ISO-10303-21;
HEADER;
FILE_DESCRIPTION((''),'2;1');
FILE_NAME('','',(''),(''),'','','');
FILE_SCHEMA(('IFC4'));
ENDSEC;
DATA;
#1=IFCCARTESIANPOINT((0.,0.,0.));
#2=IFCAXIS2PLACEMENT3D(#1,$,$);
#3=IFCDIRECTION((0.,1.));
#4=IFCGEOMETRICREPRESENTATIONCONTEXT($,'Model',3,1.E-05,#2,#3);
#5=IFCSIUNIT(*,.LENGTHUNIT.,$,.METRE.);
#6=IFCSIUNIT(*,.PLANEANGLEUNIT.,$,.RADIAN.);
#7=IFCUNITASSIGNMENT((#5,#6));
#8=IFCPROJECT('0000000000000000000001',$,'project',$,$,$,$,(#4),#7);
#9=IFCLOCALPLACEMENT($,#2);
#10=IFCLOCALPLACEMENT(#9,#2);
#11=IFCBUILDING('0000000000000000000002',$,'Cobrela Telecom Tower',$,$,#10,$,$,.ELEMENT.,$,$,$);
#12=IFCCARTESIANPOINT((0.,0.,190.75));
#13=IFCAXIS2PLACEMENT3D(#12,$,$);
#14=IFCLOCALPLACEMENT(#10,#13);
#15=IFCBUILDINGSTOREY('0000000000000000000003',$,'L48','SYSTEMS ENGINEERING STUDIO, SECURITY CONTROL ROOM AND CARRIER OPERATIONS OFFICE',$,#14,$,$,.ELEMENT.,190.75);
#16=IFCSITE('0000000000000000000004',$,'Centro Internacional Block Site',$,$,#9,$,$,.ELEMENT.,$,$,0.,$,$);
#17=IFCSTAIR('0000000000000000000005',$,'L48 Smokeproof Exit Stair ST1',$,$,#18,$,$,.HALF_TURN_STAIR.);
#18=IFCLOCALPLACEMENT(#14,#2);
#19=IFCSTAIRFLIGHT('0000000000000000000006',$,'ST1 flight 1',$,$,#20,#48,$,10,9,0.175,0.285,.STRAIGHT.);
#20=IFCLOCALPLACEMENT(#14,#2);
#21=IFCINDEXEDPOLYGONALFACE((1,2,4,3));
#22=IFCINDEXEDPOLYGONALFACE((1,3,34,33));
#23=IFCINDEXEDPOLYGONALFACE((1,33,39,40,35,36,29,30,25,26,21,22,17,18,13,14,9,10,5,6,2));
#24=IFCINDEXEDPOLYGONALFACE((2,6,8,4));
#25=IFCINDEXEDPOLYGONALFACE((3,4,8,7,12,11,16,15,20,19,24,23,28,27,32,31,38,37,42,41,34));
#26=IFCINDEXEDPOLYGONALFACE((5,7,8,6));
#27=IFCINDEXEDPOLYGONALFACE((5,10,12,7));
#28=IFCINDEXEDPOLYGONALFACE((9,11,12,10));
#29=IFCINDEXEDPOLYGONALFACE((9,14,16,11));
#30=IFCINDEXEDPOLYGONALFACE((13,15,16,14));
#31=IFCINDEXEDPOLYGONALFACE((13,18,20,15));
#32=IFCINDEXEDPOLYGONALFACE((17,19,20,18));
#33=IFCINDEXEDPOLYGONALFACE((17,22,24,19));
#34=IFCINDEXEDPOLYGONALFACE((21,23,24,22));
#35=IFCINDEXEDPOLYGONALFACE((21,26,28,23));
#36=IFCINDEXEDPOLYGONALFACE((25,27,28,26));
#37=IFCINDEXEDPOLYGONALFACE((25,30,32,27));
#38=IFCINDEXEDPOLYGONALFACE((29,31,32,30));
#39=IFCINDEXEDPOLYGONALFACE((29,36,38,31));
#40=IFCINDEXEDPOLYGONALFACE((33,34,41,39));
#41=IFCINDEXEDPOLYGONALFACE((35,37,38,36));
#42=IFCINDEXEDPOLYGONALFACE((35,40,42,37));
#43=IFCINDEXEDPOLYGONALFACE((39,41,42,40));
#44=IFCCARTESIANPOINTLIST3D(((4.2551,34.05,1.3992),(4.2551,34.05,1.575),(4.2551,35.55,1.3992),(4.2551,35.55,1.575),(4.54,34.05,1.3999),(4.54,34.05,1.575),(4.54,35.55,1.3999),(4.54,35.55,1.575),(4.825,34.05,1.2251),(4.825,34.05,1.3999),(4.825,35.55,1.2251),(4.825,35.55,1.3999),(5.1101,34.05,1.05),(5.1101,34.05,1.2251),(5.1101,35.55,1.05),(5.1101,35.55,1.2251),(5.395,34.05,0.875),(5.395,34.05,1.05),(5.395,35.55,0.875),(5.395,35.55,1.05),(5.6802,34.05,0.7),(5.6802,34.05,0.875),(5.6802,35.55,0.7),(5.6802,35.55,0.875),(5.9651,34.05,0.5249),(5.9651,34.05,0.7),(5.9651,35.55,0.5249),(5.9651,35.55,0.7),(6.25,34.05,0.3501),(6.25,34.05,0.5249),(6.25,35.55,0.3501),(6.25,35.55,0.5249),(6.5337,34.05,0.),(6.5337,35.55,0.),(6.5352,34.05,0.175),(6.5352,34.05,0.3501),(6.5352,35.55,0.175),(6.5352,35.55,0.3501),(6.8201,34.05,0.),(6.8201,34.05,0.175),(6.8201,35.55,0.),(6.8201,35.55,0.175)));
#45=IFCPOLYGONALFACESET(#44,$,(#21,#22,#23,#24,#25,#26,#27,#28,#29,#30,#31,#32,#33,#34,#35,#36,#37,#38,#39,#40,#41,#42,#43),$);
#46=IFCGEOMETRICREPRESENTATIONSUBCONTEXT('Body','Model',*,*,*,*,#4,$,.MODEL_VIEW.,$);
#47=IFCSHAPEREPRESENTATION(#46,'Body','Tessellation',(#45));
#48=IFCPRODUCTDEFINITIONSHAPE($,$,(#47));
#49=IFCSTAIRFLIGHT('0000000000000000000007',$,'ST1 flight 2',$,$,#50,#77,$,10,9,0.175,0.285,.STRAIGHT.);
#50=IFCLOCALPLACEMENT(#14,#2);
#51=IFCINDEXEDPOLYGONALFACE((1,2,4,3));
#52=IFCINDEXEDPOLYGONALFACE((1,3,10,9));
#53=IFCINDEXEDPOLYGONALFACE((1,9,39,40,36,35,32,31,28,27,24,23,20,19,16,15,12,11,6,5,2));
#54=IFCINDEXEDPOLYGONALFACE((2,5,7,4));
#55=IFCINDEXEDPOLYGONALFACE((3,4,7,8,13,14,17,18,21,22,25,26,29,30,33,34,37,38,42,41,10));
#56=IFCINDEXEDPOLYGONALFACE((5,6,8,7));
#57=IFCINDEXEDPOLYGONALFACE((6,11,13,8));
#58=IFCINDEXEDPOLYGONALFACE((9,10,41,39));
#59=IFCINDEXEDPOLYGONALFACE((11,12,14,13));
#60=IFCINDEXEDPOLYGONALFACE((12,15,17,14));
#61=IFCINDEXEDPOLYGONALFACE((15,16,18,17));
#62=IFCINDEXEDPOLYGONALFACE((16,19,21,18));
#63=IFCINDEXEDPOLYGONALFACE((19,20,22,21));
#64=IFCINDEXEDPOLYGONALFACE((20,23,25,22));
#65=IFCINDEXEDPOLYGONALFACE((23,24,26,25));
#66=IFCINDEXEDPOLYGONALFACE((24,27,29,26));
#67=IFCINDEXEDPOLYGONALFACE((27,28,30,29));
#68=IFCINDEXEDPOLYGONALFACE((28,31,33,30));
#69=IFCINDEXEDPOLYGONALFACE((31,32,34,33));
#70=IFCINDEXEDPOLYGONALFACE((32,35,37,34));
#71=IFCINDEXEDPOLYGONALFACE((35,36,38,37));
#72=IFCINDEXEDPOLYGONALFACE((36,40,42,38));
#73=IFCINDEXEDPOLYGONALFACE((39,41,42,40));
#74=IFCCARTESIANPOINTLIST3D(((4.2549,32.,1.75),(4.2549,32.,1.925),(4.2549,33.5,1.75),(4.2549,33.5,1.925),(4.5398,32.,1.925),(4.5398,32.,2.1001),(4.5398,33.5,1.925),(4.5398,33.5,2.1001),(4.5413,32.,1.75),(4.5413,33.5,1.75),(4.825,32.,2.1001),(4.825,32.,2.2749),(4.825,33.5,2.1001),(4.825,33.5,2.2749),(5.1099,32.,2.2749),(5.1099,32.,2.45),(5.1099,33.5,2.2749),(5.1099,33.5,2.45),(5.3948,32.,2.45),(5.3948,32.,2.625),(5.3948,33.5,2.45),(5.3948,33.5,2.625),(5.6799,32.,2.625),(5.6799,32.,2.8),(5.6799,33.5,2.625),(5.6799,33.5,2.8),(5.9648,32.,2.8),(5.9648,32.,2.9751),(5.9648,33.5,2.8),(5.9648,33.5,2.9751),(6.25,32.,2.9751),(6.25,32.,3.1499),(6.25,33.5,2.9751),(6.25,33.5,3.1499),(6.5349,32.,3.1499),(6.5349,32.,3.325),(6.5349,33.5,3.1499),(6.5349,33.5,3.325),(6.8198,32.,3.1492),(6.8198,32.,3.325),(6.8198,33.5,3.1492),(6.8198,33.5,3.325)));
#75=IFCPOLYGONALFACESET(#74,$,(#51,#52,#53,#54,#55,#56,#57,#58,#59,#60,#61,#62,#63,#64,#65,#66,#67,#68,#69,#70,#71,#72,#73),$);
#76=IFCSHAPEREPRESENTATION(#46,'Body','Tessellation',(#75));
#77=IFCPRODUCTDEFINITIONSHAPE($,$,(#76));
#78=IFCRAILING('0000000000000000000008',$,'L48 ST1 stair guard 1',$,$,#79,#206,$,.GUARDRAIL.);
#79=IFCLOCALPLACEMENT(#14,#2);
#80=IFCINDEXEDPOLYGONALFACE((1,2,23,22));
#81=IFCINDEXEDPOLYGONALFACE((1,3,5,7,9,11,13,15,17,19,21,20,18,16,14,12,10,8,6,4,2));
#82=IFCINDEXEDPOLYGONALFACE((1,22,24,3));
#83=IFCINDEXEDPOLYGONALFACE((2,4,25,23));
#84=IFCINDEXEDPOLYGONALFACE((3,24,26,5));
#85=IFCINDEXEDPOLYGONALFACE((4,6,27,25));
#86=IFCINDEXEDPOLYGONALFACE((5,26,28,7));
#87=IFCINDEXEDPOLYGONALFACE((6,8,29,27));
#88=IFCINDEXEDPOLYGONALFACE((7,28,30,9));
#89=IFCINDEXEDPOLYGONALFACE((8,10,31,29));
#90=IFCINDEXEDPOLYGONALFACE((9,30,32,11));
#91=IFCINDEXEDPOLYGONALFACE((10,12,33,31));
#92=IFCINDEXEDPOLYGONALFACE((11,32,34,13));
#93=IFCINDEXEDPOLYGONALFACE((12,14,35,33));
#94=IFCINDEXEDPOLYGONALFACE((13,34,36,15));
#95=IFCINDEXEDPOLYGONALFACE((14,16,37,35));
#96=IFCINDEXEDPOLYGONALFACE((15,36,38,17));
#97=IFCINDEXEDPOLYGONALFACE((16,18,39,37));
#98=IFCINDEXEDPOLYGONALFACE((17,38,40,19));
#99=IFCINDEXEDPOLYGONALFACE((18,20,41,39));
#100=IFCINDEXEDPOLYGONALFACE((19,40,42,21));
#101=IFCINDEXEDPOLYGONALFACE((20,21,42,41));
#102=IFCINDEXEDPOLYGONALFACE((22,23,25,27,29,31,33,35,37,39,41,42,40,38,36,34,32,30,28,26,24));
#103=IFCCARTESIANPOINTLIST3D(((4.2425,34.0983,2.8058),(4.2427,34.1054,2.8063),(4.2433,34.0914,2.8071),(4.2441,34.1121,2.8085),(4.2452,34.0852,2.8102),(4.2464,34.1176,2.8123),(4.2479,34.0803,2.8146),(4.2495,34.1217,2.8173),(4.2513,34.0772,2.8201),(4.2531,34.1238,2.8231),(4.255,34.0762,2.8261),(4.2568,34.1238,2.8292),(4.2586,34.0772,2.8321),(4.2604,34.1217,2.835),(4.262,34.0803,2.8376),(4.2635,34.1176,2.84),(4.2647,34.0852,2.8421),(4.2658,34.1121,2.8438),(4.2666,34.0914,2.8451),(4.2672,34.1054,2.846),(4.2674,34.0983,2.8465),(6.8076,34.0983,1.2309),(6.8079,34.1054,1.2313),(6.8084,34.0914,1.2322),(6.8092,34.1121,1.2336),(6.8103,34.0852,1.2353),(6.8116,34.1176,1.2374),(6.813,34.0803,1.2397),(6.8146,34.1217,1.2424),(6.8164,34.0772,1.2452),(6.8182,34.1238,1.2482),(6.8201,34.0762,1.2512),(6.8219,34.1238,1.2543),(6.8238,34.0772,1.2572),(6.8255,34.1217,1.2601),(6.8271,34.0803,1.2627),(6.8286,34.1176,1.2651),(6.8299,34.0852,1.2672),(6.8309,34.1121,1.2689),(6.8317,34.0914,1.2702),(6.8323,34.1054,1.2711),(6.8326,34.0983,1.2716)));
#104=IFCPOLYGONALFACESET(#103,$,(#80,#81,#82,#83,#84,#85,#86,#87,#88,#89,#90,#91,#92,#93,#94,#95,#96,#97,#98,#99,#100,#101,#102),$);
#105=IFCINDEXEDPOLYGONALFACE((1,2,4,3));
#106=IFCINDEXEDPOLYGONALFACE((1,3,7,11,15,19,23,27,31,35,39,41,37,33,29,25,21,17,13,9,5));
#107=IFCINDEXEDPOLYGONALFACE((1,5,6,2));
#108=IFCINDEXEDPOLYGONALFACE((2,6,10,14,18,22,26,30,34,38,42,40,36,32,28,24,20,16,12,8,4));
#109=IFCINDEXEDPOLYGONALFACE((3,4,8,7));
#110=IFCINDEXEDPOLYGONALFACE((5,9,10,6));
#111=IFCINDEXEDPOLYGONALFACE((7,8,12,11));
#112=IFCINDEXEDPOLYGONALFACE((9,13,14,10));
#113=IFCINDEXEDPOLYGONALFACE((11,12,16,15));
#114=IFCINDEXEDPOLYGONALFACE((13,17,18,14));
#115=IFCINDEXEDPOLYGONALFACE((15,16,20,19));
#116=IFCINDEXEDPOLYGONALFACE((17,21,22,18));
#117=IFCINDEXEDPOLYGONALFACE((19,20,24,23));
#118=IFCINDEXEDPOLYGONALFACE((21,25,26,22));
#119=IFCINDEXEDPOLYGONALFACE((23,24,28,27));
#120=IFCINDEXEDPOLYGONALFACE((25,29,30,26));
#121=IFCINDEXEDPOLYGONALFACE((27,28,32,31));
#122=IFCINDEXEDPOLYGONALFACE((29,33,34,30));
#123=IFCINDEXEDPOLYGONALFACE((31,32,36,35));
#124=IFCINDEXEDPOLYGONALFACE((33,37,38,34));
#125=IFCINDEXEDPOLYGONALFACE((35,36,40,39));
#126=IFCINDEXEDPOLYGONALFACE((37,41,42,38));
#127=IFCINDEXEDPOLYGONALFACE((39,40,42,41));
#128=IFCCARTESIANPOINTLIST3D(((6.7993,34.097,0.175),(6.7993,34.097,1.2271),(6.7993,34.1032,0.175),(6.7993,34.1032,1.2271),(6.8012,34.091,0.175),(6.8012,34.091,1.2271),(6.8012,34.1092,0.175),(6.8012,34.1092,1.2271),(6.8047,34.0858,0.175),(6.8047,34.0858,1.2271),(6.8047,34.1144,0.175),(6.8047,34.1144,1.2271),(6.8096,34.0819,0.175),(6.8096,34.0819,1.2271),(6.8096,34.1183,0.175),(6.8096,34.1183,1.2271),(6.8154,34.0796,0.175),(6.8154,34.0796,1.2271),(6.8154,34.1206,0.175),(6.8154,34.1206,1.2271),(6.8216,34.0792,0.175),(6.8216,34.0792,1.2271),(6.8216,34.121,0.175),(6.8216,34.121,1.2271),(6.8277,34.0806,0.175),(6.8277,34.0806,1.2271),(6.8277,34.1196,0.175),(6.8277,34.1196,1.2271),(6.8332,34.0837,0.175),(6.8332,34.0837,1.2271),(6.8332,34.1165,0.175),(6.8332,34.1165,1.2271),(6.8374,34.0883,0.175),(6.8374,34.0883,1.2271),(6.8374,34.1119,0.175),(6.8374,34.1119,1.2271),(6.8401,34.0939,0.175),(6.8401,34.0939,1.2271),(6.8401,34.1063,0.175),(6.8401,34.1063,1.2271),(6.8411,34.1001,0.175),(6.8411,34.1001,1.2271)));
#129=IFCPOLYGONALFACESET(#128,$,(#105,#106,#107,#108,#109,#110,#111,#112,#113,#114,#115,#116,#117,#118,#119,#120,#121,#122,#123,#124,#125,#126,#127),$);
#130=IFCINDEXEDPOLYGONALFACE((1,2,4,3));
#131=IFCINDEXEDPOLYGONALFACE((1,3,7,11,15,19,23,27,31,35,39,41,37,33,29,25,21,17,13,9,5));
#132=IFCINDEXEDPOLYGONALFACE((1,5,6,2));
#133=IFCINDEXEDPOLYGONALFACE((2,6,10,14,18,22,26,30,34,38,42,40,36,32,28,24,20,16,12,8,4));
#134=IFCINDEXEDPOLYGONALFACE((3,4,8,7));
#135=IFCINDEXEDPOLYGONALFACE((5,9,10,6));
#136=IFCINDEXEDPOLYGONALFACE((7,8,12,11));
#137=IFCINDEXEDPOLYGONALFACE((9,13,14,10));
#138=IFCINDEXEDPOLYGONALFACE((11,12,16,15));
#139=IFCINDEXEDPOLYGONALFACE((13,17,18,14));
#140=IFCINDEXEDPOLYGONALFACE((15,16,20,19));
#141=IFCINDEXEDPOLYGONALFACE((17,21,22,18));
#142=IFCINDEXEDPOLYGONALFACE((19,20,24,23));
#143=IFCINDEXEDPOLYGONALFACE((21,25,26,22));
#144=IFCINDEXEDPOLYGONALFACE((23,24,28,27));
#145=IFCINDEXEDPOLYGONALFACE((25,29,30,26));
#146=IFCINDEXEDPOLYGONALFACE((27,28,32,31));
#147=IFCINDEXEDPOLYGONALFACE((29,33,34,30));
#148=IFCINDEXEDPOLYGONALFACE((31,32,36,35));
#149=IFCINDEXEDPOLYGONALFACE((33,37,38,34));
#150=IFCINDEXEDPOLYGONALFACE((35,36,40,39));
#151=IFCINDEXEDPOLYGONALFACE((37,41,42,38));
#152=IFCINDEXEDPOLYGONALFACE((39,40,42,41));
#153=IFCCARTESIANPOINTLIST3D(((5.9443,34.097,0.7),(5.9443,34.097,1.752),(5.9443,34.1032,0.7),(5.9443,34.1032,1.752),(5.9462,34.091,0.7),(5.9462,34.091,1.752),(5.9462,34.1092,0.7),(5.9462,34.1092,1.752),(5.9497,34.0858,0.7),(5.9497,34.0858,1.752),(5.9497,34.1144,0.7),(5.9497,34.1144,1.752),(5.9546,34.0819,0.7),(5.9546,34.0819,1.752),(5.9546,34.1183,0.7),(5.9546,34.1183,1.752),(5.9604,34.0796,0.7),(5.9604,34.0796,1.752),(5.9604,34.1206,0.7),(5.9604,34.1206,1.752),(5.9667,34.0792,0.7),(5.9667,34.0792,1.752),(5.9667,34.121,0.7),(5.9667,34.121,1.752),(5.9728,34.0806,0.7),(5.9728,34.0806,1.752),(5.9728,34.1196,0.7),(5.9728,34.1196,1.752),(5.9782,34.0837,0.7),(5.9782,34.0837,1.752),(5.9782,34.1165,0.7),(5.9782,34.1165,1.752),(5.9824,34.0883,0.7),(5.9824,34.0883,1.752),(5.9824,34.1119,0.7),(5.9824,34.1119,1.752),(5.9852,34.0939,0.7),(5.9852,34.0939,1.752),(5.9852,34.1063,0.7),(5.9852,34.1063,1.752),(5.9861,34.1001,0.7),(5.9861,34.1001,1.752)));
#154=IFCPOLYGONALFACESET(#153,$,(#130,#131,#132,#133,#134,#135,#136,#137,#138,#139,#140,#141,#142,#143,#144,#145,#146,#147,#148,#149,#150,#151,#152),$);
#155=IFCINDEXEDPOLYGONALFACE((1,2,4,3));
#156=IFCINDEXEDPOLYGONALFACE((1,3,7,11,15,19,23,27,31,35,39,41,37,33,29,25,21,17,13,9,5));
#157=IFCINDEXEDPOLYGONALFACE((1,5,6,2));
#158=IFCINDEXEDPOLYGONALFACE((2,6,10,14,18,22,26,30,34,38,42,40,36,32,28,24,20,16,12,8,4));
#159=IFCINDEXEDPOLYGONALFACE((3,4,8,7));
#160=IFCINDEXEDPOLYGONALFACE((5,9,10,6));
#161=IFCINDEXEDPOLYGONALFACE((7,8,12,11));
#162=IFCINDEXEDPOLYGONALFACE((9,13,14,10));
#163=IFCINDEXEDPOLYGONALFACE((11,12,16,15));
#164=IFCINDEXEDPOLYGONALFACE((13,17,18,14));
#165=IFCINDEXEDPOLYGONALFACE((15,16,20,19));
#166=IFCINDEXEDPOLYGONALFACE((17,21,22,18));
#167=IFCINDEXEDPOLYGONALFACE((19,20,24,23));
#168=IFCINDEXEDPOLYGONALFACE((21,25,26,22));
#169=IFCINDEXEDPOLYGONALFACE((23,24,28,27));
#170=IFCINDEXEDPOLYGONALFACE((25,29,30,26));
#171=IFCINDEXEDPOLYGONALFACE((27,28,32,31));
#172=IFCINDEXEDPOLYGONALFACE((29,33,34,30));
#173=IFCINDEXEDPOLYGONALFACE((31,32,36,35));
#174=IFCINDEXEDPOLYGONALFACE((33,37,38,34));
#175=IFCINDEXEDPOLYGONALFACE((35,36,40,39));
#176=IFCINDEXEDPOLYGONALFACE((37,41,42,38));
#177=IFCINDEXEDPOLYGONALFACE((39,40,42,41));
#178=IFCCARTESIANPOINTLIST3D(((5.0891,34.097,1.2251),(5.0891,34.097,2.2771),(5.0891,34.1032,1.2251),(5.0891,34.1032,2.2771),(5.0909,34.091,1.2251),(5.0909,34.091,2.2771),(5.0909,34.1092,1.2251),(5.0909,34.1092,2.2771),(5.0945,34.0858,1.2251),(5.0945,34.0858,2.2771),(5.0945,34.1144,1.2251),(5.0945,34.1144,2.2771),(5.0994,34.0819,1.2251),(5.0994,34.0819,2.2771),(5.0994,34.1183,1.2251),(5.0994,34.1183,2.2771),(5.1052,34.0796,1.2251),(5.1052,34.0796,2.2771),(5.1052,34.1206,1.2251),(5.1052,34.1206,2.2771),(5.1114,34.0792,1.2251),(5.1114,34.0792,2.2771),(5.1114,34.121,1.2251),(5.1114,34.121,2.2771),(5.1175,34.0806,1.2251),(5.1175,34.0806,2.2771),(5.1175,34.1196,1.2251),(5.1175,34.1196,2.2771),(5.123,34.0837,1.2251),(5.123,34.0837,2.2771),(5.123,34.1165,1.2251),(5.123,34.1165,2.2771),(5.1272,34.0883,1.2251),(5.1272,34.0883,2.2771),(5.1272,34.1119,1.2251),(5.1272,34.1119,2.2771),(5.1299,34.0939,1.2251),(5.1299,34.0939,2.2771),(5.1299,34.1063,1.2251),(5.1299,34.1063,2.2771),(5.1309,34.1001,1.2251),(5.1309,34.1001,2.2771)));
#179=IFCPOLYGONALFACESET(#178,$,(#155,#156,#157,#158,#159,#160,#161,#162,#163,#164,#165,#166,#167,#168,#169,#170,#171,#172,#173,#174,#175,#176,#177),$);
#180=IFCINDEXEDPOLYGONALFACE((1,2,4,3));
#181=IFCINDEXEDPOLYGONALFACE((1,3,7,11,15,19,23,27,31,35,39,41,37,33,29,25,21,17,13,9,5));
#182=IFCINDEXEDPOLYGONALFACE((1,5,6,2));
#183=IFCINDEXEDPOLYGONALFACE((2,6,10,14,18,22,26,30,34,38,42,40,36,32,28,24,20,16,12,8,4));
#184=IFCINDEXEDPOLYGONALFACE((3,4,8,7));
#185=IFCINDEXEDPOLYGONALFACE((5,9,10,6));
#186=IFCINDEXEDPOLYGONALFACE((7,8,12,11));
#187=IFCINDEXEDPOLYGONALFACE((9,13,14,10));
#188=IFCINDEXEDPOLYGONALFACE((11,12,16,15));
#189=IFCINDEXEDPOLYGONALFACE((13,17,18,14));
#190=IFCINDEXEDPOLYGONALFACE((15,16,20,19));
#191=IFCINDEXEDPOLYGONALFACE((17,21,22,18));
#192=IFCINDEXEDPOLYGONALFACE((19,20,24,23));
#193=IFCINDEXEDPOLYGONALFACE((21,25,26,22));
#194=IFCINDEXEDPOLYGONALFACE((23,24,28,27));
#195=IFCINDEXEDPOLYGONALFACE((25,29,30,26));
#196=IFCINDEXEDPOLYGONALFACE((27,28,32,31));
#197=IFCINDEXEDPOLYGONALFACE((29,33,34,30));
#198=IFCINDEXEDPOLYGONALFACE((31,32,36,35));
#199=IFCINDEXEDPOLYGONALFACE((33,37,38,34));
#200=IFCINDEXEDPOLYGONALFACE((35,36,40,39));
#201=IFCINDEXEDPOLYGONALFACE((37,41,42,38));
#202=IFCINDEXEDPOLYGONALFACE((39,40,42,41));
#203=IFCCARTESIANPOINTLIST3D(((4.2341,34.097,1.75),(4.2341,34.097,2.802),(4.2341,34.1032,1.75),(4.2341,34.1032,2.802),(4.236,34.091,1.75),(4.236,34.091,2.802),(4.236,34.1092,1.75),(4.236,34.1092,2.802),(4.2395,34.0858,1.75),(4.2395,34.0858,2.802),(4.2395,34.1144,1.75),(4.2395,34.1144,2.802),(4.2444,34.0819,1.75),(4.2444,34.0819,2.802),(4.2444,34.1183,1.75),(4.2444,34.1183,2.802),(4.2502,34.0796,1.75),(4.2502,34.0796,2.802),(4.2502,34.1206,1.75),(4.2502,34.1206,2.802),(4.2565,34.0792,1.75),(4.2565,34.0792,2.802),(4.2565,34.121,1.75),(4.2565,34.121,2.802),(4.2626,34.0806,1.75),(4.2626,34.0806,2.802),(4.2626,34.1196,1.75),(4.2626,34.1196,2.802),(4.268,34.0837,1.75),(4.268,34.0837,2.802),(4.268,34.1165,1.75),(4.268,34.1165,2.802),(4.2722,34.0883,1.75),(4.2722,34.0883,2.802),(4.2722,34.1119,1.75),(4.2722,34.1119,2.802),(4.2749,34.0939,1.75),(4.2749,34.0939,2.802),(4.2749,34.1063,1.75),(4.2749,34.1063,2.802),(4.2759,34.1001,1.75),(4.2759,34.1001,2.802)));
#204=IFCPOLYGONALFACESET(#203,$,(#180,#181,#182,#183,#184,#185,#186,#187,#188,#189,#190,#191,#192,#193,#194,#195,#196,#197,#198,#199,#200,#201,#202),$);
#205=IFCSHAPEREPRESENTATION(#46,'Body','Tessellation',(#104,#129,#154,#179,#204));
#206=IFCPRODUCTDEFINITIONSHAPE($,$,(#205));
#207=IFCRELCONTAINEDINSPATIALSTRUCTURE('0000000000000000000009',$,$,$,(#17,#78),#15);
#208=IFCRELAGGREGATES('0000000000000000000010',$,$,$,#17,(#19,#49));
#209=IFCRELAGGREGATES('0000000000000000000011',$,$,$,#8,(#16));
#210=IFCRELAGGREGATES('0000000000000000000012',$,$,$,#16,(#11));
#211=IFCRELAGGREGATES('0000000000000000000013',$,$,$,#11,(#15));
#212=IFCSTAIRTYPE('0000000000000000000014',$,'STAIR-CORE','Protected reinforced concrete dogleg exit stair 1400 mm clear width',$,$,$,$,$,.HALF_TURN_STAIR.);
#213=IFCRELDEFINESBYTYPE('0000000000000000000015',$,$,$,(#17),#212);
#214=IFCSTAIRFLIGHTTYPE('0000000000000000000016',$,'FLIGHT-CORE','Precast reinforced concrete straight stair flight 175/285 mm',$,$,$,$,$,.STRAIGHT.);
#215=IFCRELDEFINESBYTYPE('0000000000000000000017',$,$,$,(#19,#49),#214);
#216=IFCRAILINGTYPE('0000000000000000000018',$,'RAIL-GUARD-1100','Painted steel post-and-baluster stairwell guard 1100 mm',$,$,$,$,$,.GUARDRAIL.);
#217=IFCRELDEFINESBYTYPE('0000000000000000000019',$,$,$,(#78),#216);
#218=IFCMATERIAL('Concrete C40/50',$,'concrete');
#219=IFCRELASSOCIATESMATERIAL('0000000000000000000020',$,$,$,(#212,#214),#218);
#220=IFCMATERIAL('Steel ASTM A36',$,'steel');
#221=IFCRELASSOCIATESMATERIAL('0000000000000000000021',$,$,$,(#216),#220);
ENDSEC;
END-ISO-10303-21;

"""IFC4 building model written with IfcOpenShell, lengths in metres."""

from ifc_helpers import new_model, si_unit, direction, frame, origin, origin_2d, place, context, subcontext, project, spatial, polyline, circle, outline, extrude, material, type_object, element, aggregate, save


model = new_model("IFC4")

# Units and contexts
model_context = context("Model", 3, precision=1e-05, world=origin(), true_north=direction((0.0, 1.0)))
body_context = subcontext(model_context, "Body", "Model", "MODEL_VIEW")
ifc_project = project(units=[si_unit("LENGTHUNIT", "METRE"), si_unit("PLANEANGLEUNIT", "RADIAN")], contexts=[model_context])

# Site, building, storey
site_placement = place(None, origin())
site = spatial("IfcSite", under=ifc_project, at=site_placement, Name="Centro Internacional Block Site", CompositionType="ELEMENT", RefElevation=0.0)
building_placement = place(site_placement, origin())
building = spatial("IfcBuilding", under=site, at=building_placement, Name="Cobrela Telecom Tower", CompositionType="ELEMENT")
storey_placement = place(building_placement, frame((0.0, 0.0, 190.75)))
storey = spatial("IfcBuildingStorey", under=building, at=storey_placement, Name="L48", Description="SYSTEMS ENGINEERING STUDIO, SECURITY CONTROL ROOM AND CARRIER OPERATIONS OFFICE", CompositionType="ELEMENT", Elevation=190.75)

# Shared definitions
ifc_material_1 = material(Name="Concrete C40/50", Category="concrete")

# Shared definitions
ifc_material_2 = material(Name="Steel ASTM A36", Category="steel")

# Stair, stair flights
stair_type = type_object("IfcStairType", Name="STAIR-CORE", Description="Protected reinforced concrete dogleg exit stair 1400 mm clear width", PredefinedType="HALF_TURN_STAIR", material=ifc_material_1)
stair_placement = place(storey_placement, origin())
stair = element("IfcStair", 1, at=stair_placement, inside=storey, type_object=stair_type, Name="L48 Smokeproof Exit Stair ST1", PredefinedType="HALF_TURN_STAIR")
stair_flight_type = type_object("IfcStairFlightType", Name="FLIGHT-CORE", Description="Precast reinforced concrete straight stair flight 175/285 mm", PredefinedType="STRAIGHT", material=ifc_material_1)
stair_flight_1_placement = place(storey_placement, frame((6.8201, 34.8, 0.0), z_axis=(0.0, 0.0, 1.0), x_axis=(-1.0, 0.0, 0.0)))
stair_flight_1 = element("IfcStairFlight", 2, at=stair_flight_1_placement, type_object=stair_flight_type, Name="ST1 flight 1", NumberOfRisers=10, NumberOfTreads=9, PredefinedType="STRAIGHT", RiserHeight=0.175, TreadLength=0.285, context=body_context, shape_type="SweptSolid", body=[
    extrude(outline(polyline([(0.0, 0.0), (0.0, 0.175), (0.2849, 0.175), (0.2849, 0.3501), (0.5701, 0.3501), (0.5701, 0.5249), (0.855, 0.5249), (0.855, 0.7), (1.1399, 0.7), (1.1399, 0.875), (1.425, 0.875), (1.425, 1.05), (1.71, 1.05), (1.71, 1.2251), (1.9951, 1.2251), (1.9951, 1.3999), (2.28, 1.3999), (2.28, 1.575), (2.5649, 1.575), (2.5649, 1.75), (2.5649, 1.3992), (0.2864, 0.0), (0.0, 0.0)])), frame((0.0, 0.75, 0.0), z_axis=(0.0, -1.0, 0.0), x_axis=(1.0, 0.0, 0.0)), (0.0, 0.0, 1.0), 1.5),
])
stair_flight_2_placement = place(storey_placement, frame((4.2549, 32.75, 1.75), z_axis=(0.0, 0.0, 1.0), x_axis=(1.0, 0.0, 0.0)))
stair_flight_2 = element("IfcStairFlight", 3, at=stair_flight_2_placement, type_object=stair_flight_type, Name="ST1 flight 2", NumberOfRisers=10, NumberOfTreads=9, PredefinedType="STRAIGHT", RiserHeight=0.175, TreadLength=0.285, context=body_context, shape_type="SweptSolid", body=[
    extrude(outline(polyline([(0.0, 0.0), (0.0, 0.175), (0.2849, 0.175), (0.2849, 0.3501), (0.5701, 0.3501), (0.5701, 0.5249), (0.855, 0.5249), (0.855, 0.7), (1.1399, 0.7), (1.1399, 0.875), (1.425, 0.875), (1.425, 1.05), (1.71, 1.05), (1.71, 1.2251), (1.9951, 1.2251), (1.9951, 1.3999), (2.28, 1.3999), (2.28, 1.575), (2.5649, 1.575), (2.5649, 1.75), (2.5649, 1.3992), (0.2864, 0.0), (0.0, 0.0)])), frame((0.0, 0.75, 0.0), z_axis=(0.0, -1.0, 0.0), x_axis=(1.0, 0.0, 0.0)), (0.0, 0.0, 1.0), 1.5),
])
aggregate(stair, [stair_flight_1, stair_flight_2])

# Railing
railing_type_1 = type_object("IfcRailingType", Name="RAIL-GUARD-1100", Description="Painted steel post-and-baluster stairwell guard 1100 mm", PredefinedType="GUARDRAIL", material=ifc_material_2)
railing_1_placement = place(storey_placement, frame((6.8201, 34.1001, 0.175)))
element("IfcRailing", 4, at=railing_1_placement, inside=storey, type_object=railing_type_1, Name="L48 ST1 stair guard 1", PredefinedType="GUARDRAIL", context=body_context, shape_type="SweptSolid", body=[
    extrude(circle(Radius=0.0239, at=origin_2d()), frame((0.0, 0.0, 1.0762), z_axis=(-0.852195, 0.0, 0.523224), x_axis=(0.0, -1.0, 0.0)), (0.0, 0.0, 1.0), 3.01),
    extrude(circle(Radius=0.021, at=origin_2d()), origin(), (0.0, 0.0, 1.0), 1.052),
    extrude(circle(Radius=0.021, at=origin_2d()), frame((-0.855, 0.0, 0.5249)), (0.0, 0.0, 1.0), 1.052),
    extrude(circle(Radius=0.021, at=origin_2d()), frame((-1.7102, 0.0, 1.05)), (0.0, 0.0, 1.0), 1.052),
    extrude(circle(Radius=0.021, at=origin_2d()), frame((-2.5652, 0.0, 1.575)), (0.0, 0.0, 1.0), 1.052),
])

save(model, "model.ifc")
